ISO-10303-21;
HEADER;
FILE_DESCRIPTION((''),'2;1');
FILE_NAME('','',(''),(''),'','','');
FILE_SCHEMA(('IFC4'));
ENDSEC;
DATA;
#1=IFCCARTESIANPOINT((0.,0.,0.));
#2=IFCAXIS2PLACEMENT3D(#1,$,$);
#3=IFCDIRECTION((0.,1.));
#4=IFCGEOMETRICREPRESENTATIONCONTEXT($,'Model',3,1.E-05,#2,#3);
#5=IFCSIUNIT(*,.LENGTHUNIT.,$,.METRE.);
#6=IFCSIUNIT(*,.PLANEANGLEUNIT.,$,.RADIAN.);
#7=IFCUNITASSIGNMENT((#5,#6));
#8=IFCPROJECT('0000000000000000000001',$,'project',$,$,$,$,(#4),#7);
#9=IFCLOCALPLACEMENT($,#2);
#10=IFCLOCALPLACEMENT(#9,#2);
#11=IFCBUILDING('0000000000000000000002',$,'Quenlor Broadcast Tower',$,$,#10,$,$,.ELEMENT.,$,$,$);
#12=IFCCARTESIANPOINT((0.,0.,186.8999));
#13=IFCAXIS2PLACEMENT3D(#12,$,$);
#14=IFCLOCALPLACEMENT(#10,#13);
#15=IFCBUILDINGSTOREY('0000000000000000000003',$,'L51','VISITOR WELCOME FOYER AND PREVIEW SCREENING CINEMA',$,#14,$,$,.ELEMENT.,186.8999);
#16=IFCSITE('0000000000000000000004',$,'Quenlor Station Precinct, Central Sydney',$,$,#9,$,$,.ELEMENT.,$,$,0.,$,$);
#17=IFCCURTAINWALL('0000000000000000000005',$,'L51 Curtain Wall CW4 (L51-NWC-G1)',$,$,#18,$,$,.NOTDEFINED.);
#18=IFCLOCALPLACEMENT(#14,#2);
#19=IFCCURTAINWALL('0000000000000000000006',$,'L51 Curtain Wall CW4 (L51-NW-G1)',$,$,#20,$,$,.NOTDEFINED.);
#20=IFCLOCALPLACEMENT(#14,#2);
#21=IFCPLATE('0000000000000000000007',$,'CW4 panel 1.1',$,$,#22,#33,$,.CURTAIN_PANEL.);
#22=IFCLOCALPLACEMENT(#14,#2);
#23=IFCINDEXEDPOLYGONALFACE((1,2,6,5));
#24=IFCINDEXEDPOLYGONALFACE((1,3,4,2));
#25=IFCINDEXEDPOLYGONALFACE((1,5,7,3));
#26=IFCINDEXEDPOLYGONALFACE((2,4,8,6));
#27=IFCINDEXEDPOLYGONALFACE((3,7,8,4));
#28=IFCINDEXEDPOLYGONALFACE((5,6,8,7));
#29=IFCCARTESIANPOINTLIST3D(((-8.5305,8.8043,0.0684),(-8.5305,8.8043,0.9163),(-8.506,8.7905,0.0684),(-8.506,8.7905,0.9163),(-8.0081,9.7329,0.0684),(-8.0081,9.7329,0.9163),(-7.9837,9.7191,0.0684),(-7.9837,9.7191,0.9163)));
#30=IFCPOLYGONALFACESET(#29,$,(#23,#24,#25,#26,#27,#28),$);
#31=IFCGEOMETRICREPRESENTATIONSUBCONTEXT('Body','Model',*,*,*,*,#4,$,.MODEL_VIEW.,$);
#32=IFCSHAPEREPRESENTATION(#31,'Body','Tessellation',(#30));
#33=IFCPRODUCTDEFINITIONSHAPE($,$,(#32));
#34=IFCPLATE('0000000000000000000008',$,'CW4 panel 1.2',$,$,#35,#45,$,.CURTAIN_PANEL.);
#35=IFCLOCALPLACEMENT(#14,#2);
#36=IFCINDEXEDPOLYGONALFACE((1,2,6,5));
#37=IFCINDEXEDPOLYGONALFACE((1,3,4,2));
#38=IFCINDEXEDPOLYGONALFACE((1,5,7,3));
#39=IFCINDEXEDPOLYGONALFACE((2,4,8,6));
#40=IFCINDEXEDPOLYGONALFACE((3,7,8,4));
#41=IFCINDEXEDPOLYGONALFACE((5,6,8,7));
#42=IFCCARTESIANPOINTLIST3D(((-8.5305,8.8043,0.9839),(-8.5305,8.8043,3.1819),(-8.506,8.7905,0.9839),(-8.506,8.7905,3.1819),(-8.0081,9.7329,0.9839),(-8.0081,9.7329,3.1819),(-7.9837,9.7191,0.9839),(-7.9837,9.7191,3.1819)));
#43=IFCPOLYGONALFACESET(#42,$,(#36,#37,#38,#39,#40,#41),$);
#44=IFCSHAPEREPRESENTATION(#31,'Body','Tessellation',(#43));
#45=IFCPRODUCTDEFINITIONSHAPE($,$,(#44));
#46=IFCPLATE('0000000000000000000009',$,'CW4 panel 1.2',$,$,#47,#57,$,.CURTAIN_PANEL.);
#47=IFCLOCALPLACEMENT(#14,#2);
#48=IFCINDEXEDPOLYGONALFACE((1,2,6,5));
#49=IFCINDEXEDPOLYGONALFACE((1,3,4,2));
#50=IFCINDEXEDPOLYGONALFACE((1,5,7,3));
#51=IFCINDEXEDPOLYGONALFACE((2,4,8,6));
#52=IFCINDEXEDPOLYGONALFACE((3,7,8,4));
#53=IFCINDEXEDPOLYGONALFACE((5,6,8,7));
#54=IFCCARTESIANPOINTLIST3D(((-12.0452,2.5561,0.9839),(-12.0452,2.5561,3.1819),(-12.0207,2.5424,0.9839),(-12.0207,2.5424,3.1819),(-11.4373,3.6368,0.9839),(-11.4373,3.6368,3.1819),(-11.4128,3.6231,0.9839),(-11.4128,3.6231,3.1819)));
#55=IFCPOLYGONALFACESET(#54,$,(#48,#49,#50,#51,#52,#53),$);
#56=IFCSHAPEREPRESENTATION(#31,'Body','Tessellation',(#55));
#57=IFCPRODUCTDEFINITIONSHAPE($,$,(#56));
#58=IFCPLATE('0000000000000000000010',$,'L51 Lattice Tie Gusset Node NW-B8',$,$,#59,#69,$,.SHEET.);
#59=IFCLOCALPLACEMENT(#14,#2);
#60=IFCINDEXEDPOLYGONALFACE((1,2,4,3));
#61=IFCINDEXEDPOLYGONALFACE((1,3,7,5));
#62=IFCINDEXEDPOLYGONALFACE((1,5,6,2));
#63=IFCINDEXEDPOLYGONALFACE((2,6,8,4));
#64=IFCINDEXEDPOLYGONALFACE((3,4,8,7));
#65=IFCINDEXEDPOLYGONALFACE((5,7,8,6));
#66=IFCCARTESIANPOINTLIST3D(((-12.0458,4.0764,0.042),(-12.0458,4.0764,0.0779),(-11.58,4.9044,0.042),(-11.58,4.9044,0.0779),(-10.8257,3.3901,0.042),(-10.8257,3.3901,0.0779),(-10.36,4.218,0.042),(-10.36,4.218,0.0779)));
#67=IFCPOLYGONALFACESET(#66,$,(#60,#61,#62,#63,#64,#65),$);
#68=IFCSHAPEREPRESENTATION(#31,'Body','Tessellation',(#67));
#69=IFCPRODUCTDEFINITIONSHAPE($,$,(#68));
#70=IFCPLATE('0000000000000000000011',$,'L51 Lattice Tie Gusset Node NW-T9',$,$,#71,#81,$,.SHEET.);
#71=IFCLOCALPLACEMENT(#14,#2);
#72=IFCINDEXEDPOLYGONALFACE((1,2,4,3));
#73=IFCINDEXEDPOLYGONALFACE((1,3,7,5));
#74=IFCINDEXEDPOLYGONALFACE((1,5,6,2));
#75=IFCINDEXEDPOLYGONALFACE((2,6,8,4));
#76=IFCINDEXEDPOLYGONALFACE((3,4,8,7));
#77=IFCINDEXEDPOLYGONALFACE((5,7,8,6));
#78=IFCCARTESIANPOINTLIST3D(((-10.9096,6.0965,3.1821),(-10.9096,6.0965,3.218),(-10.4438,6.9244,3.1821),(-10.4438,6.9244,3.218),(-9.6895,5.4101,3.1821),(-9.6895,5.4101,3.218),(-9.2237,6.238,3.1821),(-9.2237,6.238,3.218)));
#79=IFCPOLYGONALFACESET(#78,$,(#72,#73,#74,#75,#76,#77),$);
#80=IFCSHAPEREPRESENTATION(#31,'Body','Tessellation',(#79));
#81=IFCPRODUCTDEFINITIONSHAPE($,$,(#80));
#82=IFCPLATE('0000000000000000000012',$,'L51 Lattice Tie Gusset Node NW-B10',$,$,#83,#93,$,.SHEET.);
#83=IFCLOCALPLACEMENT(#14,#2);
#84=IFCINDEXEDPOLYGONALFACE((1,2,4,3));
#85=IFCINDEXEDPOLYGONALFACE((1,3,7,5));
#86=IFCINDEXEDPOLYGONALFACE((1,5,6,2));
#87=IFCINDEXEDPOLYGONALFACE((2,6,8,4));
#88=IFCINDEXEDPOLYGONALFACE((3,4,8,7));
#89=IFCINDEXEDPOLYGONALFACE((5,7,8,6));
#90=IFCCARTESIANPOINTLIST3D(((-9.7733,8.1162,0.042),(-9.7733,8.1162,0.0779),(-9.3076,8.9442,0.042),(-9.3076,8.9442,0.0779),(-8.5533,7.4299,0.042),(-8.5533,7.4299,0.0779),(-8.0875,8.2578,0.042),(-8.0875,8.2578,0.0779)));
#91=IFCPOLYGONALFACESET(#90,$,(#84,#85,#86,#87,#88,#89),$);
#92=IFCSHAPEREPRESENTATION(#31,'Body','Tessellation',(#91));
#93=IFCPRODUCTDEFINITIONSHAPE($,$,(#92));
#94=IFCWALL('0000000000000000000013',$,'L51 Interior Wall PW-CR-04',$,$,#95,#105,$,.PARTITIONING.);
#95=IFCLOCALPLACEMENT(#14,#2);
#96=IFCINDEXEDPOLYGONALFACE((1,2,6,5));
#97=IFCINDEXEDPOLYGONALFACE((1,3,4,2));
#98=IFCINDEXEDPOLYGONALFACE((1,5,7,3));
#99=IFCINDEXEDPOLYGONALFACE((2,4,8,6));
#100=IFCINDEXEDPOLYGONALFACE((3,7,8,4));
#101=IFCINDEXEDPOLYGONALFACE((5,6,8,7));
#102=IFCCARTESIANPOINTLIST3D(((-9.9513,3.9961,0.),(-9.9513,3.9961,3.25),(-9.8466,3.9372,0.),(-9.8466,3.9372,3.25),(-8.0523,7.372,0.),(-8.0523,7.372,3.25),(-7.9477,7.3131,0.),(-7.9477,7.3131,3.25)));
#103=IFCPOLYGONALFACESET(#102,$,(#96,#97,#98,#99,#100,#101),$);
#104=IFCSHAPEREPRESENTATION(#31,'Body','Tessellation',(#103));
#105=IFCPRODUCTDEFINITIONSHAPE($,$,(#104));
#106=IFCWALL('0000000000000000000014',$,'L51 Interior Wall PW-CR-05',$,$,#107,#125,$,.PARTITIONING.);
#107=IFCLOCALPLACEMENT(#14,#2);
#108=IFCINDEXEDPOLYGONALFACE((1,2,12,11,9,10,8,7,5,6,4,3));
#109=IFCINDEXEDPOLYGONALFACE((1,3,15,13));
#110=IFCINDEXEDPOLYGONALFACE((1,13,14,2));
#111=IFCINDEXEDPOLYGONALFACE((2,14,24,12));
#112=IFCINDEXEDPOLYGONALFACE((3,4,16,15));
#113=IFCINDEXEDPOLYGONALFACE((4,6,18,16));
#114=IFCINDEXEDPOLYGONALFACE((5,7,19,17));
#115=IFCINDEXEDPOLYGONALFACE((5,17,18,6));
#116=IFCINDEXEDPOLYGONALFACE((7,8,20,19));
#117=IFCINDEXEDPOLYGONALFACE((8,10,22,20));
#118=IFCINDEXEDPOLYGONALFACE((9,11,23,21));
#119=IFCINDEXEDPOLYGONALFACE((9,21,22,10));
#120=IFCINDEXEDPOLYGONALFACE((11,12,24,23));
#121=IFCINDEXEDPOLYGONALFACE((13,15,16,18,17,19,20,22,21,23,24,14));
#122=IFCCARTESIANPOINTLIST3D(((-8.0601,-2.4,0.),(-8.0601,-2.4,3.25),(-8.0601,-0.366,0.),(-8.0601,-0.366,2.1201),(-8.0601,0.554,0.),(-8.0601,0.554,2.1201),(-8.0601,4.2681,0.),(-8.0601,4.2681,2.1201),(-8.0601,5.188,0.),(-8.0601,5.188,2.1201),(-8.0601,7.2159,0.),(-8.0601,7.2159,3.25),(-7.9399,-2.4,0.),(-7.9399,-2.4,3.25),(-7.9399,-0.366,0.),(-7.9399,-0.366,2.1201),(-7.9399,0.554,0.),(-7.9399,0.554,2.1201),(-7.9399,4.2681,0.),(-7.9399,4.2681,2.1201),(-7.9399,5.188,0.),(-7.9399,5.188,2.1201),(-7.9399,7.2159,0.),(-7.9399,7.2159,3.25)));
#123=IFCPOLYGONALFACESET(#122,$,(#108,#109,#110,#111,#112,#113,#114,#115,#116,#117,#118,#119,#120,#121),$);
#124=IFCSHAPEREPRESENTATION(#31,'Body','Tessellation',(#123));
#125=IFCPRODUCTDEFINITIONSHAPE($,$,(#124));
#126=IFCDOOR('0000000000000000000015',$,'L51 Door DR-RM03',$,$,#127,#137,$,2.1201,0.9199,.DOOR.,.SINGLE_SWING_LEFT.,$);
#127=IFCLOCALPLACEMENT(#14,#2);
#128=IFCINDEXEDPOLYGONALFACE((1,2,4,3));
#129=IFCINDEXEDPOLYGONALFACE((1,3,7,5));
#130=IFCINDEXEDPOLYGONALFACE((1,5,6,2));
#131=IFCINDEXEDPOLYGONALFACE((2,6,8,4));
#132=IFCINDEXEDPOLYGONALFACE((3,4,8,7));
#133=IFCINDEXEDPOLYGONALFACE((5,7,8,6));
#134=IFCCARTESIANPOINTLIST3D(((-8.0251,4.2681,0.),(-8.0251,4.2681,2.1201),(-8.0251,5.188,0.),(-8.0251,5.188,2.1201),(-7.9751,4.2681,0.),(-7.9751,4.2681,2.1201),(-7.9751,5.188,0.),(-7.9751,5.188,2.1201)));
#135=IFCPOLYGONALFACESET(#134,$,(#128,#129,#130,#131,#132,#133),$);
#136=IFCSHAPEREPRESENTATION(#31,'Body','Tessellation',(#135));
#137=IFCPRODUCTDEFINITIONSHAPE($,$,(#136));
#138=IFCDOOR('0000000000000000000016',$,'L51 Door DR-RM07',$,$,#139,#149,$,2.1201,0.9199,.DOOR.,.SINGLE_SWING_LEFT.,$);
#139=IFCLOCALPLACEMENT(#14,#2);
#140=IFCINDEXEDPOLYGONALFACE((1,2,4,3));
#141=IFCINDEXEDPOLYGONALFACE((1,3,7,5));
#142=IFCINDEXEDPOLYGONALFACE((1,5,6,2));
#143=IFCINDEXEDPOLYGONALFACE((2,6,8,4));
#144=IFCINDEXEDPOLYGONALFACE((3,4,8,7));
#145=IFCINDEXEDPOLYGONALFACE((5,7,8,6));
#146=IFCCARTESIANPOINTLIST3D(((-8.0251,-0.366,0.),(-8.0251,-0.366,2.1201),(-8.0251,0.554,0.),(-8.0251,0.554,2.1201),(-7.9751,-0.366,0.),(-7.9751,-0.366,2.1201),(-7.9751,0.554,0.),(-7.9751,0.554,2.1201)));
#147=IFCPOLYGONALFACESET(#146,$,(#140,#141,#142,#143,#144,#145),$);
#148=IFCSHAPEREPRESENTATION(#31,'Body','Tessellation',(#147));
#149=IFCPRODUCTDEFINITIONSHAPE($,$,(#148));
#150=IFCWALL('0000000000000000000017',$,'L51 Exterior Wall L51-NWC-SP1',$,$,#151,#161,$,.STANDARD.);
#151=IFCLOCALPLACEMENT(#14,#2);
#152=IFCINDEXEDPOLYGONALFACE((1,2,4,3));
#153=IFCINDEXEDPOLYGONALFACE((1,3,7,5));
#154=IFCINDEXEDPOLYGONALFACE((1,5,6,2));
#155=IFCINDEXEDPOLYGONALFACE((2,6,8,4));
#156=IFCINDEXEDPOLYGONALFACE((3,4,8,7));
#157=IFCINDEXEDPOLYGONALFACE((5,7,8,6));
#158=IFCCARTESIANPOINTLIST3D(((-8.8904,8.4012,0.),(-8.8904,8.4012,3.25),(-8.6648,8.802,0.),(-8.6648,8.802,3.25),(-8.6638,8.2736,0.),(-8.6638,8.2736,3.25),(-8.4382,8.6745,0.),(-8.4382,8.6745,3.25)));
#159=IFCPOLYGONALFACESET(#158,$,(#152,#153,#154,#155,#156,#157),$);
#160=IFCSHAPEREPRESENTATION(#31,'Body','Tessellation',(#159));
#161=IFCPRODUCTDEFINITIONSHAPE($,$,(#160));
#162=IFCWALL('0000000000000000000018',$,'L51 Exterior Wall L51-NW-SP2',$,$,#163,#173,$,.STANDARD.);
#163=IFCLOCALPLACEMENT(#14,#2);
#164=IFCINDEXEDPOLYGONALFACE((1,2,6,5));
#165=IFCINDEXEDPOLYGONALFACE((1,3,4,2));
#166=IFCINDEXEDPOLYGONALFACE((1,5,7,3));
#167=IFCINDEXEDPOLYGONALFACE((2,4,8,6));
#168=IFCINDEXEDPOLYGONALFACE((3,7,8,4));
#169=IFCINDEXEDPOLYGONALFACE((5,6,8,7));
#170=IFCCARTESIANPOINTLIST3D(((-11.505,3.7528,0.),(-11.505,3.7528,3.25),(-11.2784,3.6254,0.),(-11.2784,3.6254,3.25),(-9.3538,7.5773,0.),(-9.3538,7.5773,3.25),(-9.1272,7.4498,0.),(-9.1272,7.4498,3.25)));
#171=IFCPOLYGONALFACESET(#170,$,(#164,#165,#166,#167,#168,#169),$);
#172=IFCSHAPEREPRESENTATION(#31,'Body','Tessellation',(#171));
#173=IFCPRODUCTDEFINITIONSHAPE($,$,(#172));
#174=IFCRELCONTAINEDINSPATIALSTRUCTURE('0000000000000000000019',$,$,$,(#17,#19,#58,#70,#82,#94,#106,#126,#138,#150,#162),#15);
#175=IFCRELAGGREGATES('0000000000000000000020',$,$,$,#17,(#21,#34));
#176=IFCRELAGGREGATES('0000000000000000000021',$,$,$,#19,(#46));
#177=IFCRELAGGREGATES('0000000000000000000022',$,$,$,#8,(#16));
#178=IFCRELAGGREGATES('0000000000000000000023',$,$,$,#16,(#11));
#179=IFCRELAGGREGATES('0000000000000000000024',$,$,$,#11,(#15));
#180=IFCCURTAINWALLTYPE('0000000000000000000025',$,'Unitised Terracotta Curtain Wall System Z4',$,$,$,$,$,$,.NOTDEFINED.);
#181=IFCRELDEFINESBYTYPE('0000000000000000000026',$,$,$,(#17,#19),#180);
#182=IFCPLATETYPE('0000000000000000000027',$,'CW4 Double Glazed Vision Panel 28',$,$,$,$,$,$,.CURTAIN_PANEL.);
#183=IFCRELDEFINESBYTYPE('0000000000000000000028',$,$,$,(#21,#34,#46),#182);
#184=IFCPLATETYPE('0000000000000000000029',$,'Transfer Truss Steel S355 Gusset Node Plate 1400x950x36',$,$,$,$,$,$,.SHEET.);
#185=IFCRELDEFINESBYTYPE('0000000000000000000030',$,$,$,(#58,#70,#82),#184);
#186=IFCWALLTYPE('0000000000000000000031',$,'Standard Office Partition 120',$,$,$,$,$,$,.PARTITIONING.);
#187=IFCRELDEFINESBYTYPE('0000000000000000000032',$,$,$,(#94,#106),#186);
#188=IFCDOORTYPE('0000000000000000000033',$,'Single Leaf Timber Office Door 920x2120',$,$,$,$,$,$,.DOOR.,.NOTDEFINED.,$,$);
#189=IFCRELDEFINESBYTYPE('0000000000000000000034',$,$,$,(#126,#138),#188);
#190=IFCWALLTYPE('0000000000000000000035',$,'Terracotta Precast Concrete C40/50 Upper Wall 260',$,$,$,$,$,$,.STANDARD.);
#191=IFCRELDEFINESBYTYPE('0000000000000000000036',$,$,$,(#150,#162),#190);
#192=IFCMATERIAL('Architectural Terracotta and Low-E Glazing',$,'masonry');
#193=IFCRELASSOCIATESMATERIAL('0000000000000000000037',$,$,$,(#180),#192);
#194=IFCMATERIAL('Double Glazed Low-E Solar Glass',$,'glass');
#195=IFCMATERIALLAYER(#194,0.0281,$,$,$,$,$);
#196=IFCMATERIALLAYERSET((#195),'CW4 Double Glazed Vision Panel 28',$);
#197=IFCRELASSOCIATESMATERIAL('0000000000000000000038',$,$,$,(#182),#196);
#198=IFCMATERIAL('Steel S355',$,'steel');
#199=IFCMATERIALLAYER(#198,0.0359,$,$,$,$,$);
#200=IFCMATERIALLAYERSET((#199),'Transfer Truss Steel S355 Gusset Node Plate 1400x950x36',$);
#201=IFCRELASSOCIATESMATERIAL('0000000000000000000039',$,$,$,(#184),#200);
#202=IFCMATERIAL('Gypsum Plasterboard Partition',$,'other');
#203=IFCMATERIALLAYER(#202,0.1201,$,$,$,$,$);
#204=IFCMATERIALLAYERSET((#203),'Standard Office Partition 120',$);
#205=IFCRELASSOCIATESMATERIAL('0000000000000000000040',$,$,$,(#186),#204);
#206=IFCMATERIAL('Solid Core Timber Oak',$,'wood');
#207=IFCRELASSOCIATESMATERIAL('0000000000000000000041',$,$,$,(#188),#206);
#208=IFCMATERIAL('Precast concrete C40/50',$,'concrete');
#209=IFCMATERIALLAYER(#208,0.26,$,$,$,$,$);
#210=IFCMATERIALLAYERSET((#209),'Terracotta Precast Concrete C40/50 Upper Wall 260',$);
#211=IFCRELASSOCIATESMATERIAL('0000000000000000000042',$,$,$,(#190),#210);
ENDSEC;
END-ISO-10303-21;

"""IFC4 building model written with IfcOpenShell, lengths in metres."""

from ifc_helpers import new_model, si_unit, direction, frame, frame_2d, origin, origin_2d, place, context, subcontext, project, spatial, rectangle, extrude, material, layer, layer_set, type_object, element, fill, aggregate, save


model = new_model("IFC4")

# Units and contexts
model_context = context("Model", 3, precision=1e-05, world=origin(), true_north=direction((0.0, 1.0)))
body_context = subcontext(model_context, "Body", "Model", "MODEL_VIEW")
ifc_project = project(units=[si_unit("LENGTHUNIT", "METRE"), si_unit("PLANEANGLEUNIT", "RADIAN")], contexts=[model_context])

# Site, building, storey
site_placement = place(None, origin())
site = spatial("IfcSite", under=ifc_project, at=site_placement, Name="Quenlor Station Precinct, Central Sydney", CompositionType="ELEMENT", RefElevation=0.0)
building_placement = place(site_placement, origin())
building = spatial("IfcBuilding", under=site, at=building_placement, Name="Quenlor Broadcast Tower", CompositionType="ELEMENT")
storey_placement = place(building_placement, frame((0.0, 0.0, 186.8999)))
storey = spatial("IfcBuildingStorey", under=building, at=storey_placement, Name="L51", Description="VISITOR WELCOME FOYER AND PREVIEW SCREENING CINEMA", CompositionType="ELEMENT", Elevation=186.8999)

# Curtain wall
ifc_material_1 = material(Name="Architectural Terracotta and Low-E Glazing", Category="masonry")
curtain_wall_type = type_object("IfcCurtainWallType", Name="Unitised Terracotta Curtain Wall System Z4", PredefinedType="NOTDEFINED", material=ifc_material_1)
curtain_wall_1_placement = place(storey_placement, origin())
curtain_wall_1 = element("IfcCurtainWall", 1, at=curtain_wall_1_placement, inside=storey, type_object=curtain_wall_type, Name="L51 Curtain Wall CW4 (L51-NWC-G1)", PredefinedType="NOTDEFINED")

# Curtain wall
curtain_wall_2_placement = place(storey_placement, origin())
curtain_wall_2 = element("IfcCurtainWall", 2, at=curtain_wall_2_placement, inside=storey, type_object=curtain_wall_type, Name="L51 Curtain Wall CW4 (L51-NW-G1)", PredefinedType="NOTDEFINED")

# Plates
ifc_material_2 = material(Name="Double Glazed Low-E Solar Glass", Category="glass")
ifc_layer_1 = layer(ifc_material_2, 0.0281)
ifc_layer_set_1 = layer_set([ifc_layer_1], Name="CW4 Double Glazed Vision Panel 28")
plate_type_1 = type_object("IfcPlateType", Name="CW4 Double Glazed Vision Panel 28", PredefinedType="CURTAIN_PANEL", material=ifc_layer_set_1)
plate_1_placement = place(storey_placement, frame((-8.2571, 9.2617, 0.0684), z_axis=(0.0, 0.0, 1.0), x_axis=(0.490293, 0.871558, 0.0)))
plate_1 = element("IfcPlate", 3, at=plate_1_placement, type_object=plate_type_1, Name="CW4 panel 1.1", PredefinedType="CURTAIN_PANEL", context=body_context, shape_type="SweptSolid", body=[
    extrude(rectangle(XDim=1.0654, YDim=0.0281, at=origin_2d()), origin(), (0.0, 0.0, 1.0), 0.8479),
])
plate_2_placement = place(storey_placement, frame((-8.2571, 9.2617, 0.9839), z_axis=(0.0, 0.0, 1.0), x_axis=(0.490293, 0.871558, 0.0)))
plate_2 = element("IfcPlate", 4, at=plate_2_placement, type_object=plate_type_1, Name="CW4 panel 1.2", PredefinedType="CURTAIN_PANEL", context=body_context, shape_type="SweptSolid", body=[
    extrude(rectangle(XDim=1.0654, YDim=0.0281, at=origin_2d()), origin(), (0.0, 0.0, 1.0), 2.198),
])
aggregate(curtain_wall_1, [plate_1, plate_2])
plate_3_placement = place(storey_placement, frame((-11.729, 3.0896, 0.9839), z_axis=(0.0, 0.0, 1.0), x_axis=(0.490289, 0.87156, 0.0)))
plate_3 = element("IfcPlate", 5, at=plate_3_placement, type_object=plate_type_1, Name="CW4 panel 1.2", PredefinedType="CURTAIN_PANEL", context=body_context, shape_type="SweptSolid", body=[
    extrude(rectangle(XDim=1.24, YDim=0.0281, at=origin_2d()), origin(), (0.0, 0.0, 1.0), 2.198),
])
aggregate(curtain_wall_2, [plate_3])

# Plates
ifc_material_3 = material(Name="Steel S355", Category="steel")
ifc_layer_2 = layer(ifc_material_3, 0.0359)
ifc_layer_set_2 = layer_set([ifc_layer_2], Name="Transfer Truss Steel S355 Gusset Node Plate 1400x950x36")
plate_type_2 = type_object("IfcPlateType", Name="Transfer Truss Steel S355 Gusset Node Plate 1400x950x36", PredefinedType="SHEET", material=ifc_layer_set_2)
for number, where, z_axis, x_axis, name in (
    (6, (-11.2029, 4.1472, 0.042), (0.0, 0.0, 1.0), (-0.871556, 0.490295, 0.0), "L51 Lattice Tie Gusset Node NW-B8"),
    (7, (-10.0667, 6.1672, 3.1821), (0.0, 0.0, 1.0), (-0.871556, 0.490295, 0.0), "L51 Lattice Tie Gusset Node NW-T9"),
    (8, (-8.9304, 8.187, 0.042), (0.0, 0.0, 1.0), (-0.871556, 0.490295, 0.0), "L51 Lattice Tie Gusset Node NW-B10"),
):
    element("IfcPlate", number, at=place(storey_placement, frame(where, z_axis=z_axis, x_axis=x_axis)), inside=storey, type_object=plate_type_2, Name=name, PredefinedType="SHEET", context=body_context, shape_type="SweptSolid", body=[
        extrude(rectangle(XDim=1.3999, YDim=0.95, at=origin_2d()), origin(), (0.0, 0.0, 1.0), 0.0359),
    ])

# Wall
ifc_material_4 = material(Name="Gypsum Plasterboard Partition", Category="other")
ifc_layer_3 = layer(ifc_material_4, 0.1201)
ifc_layer_set_3 = layer_set([ifc_layer_3], Name="Standard Office Partition 120")
wall_type_1 = type_object("IfcWallType", Name="Standard Office Partition 120", PredefinedType="PARTITIONING", material=ifc_layer_set_3)
wall_1_placement = place(storey_placement, frame((-9.8989, 3.9668, 0.0), z_axis=(0.0, 0.0, 1.0), x_axis=(0.490276, 0.871567, 0.0)))
element("IfcWall", 9, at=wall_1_placement, inside=storey, type_object=wall_type_1, Name="L51 Interior Wall PW-CR-04", PredefinedType="PARTITIONING", context=body_context, shape_type="SweptSolid", body=[
    extrude(rectangle(XDim=3.8733, YDim=0.1201, at=frame_2d((1.9365, 0.0))), origin(), (0.0, 0.0, 1.0), 3.25),
])

# Wall, openings, doors
wall_2_placement = place(storey_placement, frame((-8.0, 7.2161, 0.0), z_axis=(0.0, 0.0, 1.0), x_axis=(0.0, -1.0, 0.0)))
wall_2 = element("IfcWall", 10, at=wall_2_placement, inside=storey, type_object=wall_type_1, Name="L51 Interior Wall PW-CR-05", PredefinedType="PARTITIONING", context=body_context, shape_type="SweptSolid", body=[
    extrude(rectangle(XDim=9.616, YDim=0.1201, at=frame_2d((4.8081, 0.0))), origin(), (0.0, 0.0, 1.0), 3.25),
])
opening_1_placement = place(wall_2_placement, frame((2.0281, 0.0, 0.0)))
opening_1 = element("IfcOpeningElement", 11, at=opening_1_placement, cuts=wall_2, PredefinedType="OPENING", context=body_context, shape_type="SweptSolid", body=[
    extrude(rectangle(XDim=0.9199, YDim=2.1201, at=frame_2d((0.46, 1.0601))), frame((0.0, 0.0701, 0.0), z_axis=(0.0, -1.0, 0.0), x_axis=(1.0, 0.0, 0.0)), (0.0, 0.0, 1.0), 0.1401),
])
opening_2_placement = place(wall_2_placement, frame((6.6621, 0.0, 0.0)))
opening_2 = element("IfcOpeningElement", 12, at=opening_2_placement, cuts=wall_2, PredefinedType="OPENING", context=body_context, shape_type="SweptSolid", body=[
    extrude(rectangle(XDim=0.9199, YDim=2.1201, at=frame_2d((0.46, 1.0601))), frame((0.0, 0.0701, 0.0), z_axis=(0.0, -1.0, 0.0), x_axis=(1.0, 0.0, 0.0)), (0.0, 0.0, 1.0), 0.1401),
])
ifc_material_5 = material(Name="Solid Core Timber Oak", Category="wood")
door_type = type_object("IfcDoorType", Name="Single Leaf Timber Office Door 920x2120", OperationType="NOTDEFINED", PredefinedType="DOOR", material=ifc_material_5)
door_1_placement = place(opening_1_placement, origin())
door_1 = element("IfcDoor", 13, at=door_1_placement, inside=storey, type_object=door_type, Name="L51 Door DR-RM03", OperationType="SINGLE_SWING_LEFT", OverallHeight=2.1201, OverallWidth=0.9199, PredefinedType="DOOR", context=body_context, shape_type="SweptSolid", body=[
    extrude(rectangle(XDim=0.9199, YDim=2.1201, at=frame_2d((0.46, 1.0601))), frame((0.0, 0.0249, 0.0), z_axis=(0.0, -1.0, 0.0), x_axis=(1.0, 0.0, 0.0)), (0.0, 0.0, 1.0), 0.05),
])
fill(opening_1, door_1)
door_2_placement = place(opening_2_placement, origin())
door_2 = element("IfcDoor", 14, at=door_2_placement, inside=storey, type_object=door_type, Name="L51 Door DR-RM07", OperationType="SINGLE_SWING_LEFT", OverallHeight=2.1201, OverallWidth=0.9199, PredefinedType="DOOR", context=body_context, shape_type="SweptSolid", body=[
    extrude(rectangle(XDim=0.9199, YDim=2.1201, at=frame_2d((0.46, 1.0601))), frame((0.0, 0.0249, 0.0), z_axis=(0.0, -1.0, 0.0), x_axis=(1.0, 0.0, 0.0)), (0.0, 0.0, 1.0), 0.05),
])
fill(opening_2, door_2)

# Walls
ifc_material_6 = material(Name="Precast concrete C40/50", Category="concrete")
ifc_layer_4 = layer(ifc_material_6, 0.26)
ifc_layer_set_4 = layer_set([ifc_layer_4], Name="Terracotta Precast Concrete C40/50 Upper Wall 260")
wall_type_2 = type_object("IfcWallType", Name="Terracotta Precast Concrete C40/50 Upper Wall 260", PredefinedType="STANDARD", material=ifc_layer_set_4)
wall_3_placement = place(storey_placement, frame((-8.7771, 8.3374, 0.0), z_axis=(0.0, 0.0, 1.0), x_axis=(0.490412, 0.87149, 0.0)))
element("IfcWall", 15, at=wall_3_placement, inside=storey, type_object=wall_type_2, Name="L51 Exterior Wall L51-NWC-SP1", PredefinedType="STANDARD", context=body_context, shape_type="SweptSolid", body=[
    extrude(rectangle(XDim=0.46, YDim=0.26, at=frame_2d((0.23, 0.0))), origin(), (0.0, 0.0, 1.0), 3.25),
])
wall_4_placement = place(storey_placement, frame((-11.3916, 3.6892, 0.0), z_axis=(0.0, 0.0, 1.0), x_axis=(0.490237, 0.871589, 0.0)))
element("IfcWall", 16, at=wall_4_placement, inside=storey, type_object=wall_type_2, Name="L51 Exterior Wall L51-NW-SP2", PredefinedType="STANDARD", context=body_context, shape_type="SweptSolid", body=[
    extrude(rectangle(XDim=4.3879, YDim=0.26, at=frame_2d((2.1938, 0.0))), origin(), (0.0, 0.0, 1.0), 3.25),
])

save(model, "model.ifc")
